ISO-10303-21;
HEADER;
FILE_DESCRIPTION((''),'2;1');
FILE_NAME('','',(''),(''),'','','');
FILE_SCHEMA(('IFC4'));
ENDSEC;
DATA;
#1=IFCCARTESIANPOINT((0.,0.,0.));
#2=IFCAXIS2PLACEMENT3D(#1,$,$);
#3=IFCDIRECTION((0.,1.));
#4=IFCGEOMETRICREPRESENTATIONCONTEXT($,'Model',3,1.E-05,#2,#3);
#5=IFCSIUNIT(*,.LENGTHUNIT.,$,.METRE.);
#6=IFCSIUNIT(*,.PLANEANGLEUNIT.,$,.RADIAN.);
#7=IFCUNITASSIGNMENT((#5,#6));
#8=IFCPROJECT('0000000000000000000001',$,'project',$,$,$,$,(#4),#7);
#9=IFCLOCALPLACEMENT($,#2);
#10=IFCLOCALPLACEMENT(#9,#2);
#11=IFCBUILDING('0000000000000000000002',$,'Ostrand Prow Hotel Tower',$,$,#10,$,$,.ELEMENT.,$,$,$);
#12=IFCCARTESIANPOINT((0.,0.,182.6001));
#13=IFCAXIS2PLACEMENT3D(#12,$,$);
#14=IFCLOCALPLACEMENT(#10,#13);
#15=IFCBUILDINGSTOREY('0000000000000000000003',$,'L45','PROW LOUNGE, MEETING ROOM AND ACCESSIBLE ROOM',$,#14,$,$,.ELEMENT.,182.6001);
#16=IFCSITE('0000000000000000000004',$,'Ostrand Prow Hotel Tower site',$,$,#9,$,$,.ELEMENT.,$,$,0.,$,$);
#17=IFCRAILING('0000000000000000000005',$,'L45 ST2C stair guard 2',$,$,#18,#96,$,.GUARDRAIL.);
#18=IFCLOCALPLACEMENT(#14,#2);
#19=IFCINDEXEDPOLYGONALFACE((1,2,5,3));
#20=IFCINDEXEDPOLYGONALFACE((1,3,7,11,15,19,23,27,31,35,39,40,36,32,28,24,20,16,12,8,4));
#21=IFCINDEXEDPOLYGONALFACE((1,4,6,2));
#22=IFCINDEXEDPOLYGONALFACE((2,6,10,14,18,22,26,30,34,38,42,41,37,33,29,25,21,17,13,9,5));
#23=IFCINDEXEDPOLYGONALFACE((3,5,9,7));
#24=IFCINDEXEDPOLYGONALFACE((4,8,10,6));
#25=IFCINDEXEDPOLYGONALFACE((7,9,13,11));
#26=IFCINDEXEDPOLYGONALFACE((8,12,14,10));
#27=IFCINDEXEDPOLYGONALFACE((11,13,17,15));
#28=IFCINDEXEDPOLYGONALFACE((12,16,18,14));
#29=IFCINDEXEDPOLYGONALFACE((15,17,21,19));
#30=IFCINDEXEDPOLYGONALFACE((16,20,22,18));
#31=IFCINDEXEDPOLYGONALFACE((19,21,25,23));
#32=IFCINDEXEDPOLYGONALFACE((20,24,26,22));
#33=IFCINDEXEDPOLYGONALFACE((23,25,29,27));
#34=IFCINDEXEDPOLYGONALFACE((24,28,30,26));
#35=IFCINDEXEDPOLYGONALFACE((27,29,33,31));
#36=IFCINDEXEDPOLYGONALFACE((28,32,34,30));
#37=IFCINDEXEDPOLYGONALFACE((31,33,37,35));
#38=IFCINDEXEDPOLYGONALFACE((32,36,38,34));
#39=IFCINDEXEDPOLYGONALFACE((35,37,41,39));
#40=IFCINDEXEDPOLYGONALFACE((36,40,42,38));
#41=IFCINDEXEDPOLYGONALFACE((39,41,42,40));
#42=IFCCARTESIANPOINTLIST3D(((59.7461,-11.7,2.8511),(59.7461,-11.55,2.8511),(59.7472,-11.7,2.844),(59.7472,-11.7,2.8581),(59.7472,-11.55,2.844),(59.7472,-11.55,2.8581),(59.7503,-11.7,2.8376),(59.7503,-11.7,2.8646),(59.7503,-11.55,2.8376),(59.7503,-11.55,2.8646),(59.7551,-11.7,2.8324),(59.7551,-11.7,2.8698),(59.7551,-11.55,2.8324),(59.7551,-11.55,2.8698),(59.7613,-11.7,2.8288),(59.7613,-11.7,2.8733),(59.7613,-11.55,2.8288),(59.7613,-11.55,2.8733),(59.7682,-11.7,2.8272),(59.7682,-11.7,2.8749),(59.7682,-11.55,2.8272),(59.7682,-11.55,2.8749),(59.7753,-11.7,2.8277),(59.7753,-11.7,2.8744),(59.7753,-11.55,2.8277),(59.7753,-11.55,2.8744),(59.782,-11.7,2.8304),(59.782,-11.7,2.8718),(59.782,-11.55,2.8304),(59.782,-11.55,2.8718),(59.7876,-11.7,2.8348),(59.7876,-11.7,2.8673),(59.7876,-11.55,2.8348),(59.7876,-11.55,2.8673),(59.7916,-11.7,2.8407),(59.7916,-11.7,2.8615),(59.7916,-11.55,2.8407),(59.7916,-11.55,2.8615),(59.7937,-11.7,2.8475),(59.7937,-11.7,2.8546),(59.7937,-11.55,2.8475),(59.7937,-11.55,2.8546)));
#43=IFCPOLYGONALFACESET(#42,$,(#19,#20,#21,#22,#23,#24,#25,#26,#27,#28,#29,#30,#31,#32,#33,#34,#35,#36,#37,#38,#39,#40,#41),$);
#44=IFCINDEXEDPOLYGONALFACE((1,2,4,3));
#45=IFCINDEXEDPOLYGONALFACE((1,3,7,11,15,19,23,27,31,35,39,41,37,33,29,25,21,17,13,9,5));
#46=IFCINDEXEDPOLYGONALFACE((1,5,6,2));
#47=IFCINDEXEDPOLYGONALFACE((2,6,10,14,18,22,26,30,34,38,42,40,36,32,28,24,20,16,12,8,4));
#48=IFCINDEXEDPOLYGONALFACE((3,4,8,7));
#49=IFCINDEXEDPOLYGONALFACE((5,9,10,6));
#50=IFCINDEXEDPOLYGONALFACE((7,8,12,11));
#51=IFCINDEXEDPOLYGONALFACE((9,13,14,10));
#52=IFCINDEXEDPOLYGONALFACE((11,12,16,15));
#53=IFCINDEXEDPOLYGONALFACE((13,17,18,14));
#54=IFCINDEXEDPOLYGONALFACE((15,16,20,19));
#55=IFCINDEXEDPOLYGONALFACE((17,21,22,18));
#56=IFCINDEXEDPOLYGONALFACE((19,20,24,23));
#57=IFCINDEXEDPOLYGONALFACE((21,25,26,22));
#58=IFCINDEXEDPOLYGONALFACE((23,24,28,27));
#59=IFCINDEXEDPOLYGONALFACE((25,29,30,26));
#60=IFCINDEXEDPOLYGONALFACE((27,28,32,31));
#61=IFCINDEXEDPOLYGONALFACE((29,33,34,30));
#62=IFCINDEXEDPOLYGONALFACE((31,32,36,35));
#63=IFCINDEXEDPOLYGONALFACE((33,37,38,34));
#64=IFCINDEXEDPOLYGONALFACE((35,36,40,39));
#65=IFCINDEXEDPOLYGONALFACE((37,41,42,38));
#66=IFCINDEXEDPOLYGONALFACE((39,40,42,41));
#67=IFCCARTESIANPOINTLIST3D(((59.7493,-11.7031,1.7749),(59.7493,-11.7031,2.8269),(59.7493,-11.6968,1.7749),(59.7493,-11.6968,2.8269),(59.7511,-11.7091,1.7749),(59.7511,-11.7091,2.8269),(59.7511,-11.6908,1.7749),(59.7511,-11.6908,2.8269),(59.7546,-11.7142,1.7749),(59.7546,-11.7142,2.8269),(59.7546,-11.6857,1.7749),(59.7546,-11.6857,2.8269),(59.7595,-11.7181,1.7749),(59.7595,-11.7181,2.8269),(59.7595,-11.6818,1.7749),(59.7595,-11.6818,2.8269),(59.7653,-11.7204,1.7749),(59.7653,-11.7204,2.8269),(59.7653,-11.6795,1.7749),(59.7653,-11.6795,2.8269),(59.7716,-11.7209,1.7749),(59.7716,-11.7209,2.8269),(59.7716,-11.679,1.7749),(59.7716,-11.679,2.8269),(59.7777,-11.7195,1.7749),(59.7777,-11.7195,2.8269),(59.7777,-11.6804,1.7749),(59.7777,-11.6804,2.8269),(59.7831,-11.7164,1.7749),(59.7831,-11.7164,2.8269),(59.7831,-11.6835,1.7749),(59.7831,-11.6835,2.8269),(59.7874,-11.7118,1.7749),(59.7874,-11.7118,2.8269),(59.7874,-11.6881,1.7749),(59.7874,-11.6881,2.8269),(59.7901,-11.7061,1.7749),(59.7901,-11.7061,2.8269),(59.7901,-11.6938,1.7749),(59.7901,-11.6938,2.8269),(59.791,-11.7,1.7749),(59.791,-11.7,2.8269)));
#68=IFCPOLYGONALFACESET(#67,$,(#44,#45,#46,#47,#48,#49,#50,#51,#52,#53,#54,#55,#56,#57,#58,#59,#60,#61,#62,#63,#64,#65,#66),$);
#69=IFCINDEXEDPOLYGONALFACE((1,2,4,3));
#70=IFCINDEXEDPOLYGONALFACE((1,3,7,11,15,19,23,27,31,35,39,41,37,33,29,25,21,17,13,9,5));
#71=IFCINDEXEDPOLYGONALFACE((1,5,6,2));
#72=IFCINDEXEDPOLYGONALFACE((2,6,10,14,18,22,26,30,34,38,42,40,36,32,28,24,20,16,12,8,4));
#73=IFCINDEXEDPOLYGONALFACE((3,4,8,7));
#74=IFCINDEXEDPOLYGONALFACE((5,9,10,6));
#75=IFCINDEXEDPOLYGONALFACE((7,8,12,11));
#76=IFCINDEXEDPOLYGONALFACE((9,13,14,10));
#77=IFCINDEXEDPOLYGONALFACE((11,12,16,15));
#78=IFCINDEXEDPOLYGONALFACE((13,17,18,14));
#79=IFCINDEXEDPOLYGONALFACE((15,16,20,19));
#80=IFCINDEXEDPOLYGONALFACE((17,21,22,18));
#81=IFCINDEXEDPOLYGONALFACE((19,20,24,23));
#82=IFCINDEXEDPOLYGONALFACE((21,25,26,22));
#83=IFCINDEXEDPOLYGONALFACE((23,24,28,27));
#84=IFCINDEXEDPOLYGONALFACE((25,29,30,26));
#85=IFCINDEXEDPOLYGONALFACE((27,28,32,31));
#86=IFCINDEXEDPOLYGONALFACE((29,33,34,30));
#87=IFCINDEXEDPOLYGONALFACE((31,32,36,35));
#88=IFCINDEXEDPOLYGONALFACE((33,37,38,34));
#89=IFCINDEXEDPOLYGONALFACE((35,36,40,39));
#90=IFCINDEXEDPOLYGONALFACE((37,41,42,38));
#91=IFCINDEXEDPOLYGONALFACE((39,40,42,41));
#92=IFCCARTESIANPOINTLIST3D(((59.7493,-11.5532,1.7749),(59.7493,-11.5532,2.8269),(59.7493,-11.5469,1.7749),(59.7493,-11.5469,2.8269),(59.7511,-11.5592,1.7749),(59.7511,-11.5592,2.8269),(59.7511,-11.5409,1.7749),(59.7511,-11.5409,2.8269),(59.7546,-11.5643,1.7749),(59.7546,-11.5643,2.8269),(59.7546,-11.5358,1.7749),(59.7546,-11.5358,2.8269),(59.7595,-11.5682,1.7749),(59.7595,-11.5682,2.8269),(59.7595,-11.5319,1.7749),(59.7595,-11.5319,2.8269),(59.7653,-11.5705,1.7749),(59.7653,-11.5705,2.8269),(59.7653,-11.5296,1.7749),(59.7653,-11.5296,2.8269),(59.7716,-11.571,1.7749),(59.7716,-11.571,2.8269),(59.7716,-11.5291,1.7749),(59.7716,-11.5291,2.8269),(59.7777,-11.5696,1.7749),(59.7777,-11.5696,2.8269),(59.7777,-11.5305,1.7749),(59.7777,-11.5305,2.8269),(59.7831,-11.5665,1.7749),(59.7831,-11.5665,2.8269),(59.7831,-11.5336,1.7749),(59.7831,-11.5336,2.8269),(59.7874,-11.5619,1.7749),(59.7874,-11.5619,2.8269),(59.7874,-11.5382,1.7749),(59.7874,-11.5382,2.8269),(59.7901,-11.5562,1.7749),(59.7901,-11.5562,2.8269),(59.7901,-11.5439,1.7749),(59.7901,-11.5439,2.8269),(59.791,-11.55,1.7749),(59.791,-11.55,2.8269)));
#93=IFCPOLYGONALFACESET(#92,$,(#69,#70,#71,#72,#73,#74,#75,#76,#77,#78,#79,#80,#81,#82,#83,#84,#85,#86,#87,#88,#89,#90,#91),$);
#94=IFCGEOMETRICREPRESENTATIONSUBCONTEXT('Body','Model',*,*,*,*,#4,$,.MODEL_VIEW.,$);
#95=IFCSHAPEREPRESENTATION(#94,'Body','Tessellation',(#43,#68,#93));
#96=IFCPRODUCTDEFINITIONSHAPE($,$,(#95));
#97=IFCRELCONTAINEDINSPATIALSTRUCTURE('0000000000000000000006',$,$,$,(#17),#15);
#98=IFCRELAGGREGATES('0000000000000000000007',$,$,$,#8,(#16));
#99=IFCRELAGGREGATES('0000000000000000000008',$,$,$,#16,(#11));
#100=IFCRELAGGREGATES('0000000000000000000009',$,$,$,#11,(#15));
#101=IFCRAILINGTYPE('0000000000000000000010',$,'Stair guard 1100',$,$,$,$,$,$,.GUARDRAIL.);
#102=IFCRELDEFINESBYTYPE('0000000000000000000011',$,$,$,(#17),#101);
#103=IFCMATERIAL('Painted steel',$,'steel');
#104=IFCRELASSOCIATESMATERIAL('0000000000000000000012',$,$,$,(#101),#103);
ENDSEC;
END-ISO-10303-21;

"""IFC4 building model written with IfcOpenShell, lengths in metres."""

from ifc_helpers import new_model, si_unit, direction, frame, origin, origin_2d, place, context, subcontext, project, spatial, circle, extrude, material, type_object, element, save


model = new_model("IFC4")

# Units and contexts
model_context = context("Model", 3, precision=1e-05, world=origin(), true_north=direction((0.0, 1.0)))
body_context = subcontext(model_context, "Body", "Model", "MODEL_VIEW")
ifc_project = project(units=[si_unit("LENGTHUNIT", "METRE"), si_unit("PLANEANGLEUNIT", "RADIAN")], contexts=[model_context])

# Site, building, storey
site_placement = place(None, origin())
site = spatial("IfcSite", under=ifc_project, at=site_placement, Name="Ostrand Prow Hotel Tower site", CompositionType="ELEMENT", RefElevation=0.0)
building_placement = place(site_placement, origin())
building = spatial("IfcBuilding", under=site, at=building_placement, Name="Ostrand Prow Hotel Tower", CompositionType="ELEMENT")
storey_placement = place(building_placement, frame((0.0, 0.0, 182.6001)))
storey = spatial("IfcBuildingStorey", under=building, at=storey_placement, Name="L45", Description="PROW LOUNGE, MEETING ROOM AND ACCESSIBLE ROOM", CompositionType="ELEMENT", Elevation=182.6001)

# Railing
ifc_material_1 = material(Name="Painted steel", Category="steel")
railing_type_1 = type_object("IfcRailingType", Name="Stair guard 1100", PredefinedType="GUARDRAIL", material=ifc_material_1)
railing_1_placement = place(storey_placement, frame((59.77, -11.7, 1.7749)))
element("IfcRailing", 1, at=railing_1_placement, inside=storey, type_object=railing_type_1, Name="L45 ST2C stair guard 2", PredefinedType="GUARDRAIL", context=body_context, shape_type="SweptSolid", body=[
    extrude(circle(Radius=0.0239, at=origin_2d()), frame((0.0, 0.0, 1.0762), z_axis=(0.0, 1.0, 0.0), x_axis=(-1.0, 0.0, 0.0)), (0.0, 0.0, 1.0), 0.1499),
    extrude(circle(Radius=0.021, at=origin_2d()), origin(), (0.0, 0.0, 1.0), 1.052),
    extrude(circle(Radius=0.021, at=origin_2d()), frame((0.0, 0.1499, 0.0)), (0.0, 0.0, 1.0), 1.052),
])

save(model, "model.ifc")
